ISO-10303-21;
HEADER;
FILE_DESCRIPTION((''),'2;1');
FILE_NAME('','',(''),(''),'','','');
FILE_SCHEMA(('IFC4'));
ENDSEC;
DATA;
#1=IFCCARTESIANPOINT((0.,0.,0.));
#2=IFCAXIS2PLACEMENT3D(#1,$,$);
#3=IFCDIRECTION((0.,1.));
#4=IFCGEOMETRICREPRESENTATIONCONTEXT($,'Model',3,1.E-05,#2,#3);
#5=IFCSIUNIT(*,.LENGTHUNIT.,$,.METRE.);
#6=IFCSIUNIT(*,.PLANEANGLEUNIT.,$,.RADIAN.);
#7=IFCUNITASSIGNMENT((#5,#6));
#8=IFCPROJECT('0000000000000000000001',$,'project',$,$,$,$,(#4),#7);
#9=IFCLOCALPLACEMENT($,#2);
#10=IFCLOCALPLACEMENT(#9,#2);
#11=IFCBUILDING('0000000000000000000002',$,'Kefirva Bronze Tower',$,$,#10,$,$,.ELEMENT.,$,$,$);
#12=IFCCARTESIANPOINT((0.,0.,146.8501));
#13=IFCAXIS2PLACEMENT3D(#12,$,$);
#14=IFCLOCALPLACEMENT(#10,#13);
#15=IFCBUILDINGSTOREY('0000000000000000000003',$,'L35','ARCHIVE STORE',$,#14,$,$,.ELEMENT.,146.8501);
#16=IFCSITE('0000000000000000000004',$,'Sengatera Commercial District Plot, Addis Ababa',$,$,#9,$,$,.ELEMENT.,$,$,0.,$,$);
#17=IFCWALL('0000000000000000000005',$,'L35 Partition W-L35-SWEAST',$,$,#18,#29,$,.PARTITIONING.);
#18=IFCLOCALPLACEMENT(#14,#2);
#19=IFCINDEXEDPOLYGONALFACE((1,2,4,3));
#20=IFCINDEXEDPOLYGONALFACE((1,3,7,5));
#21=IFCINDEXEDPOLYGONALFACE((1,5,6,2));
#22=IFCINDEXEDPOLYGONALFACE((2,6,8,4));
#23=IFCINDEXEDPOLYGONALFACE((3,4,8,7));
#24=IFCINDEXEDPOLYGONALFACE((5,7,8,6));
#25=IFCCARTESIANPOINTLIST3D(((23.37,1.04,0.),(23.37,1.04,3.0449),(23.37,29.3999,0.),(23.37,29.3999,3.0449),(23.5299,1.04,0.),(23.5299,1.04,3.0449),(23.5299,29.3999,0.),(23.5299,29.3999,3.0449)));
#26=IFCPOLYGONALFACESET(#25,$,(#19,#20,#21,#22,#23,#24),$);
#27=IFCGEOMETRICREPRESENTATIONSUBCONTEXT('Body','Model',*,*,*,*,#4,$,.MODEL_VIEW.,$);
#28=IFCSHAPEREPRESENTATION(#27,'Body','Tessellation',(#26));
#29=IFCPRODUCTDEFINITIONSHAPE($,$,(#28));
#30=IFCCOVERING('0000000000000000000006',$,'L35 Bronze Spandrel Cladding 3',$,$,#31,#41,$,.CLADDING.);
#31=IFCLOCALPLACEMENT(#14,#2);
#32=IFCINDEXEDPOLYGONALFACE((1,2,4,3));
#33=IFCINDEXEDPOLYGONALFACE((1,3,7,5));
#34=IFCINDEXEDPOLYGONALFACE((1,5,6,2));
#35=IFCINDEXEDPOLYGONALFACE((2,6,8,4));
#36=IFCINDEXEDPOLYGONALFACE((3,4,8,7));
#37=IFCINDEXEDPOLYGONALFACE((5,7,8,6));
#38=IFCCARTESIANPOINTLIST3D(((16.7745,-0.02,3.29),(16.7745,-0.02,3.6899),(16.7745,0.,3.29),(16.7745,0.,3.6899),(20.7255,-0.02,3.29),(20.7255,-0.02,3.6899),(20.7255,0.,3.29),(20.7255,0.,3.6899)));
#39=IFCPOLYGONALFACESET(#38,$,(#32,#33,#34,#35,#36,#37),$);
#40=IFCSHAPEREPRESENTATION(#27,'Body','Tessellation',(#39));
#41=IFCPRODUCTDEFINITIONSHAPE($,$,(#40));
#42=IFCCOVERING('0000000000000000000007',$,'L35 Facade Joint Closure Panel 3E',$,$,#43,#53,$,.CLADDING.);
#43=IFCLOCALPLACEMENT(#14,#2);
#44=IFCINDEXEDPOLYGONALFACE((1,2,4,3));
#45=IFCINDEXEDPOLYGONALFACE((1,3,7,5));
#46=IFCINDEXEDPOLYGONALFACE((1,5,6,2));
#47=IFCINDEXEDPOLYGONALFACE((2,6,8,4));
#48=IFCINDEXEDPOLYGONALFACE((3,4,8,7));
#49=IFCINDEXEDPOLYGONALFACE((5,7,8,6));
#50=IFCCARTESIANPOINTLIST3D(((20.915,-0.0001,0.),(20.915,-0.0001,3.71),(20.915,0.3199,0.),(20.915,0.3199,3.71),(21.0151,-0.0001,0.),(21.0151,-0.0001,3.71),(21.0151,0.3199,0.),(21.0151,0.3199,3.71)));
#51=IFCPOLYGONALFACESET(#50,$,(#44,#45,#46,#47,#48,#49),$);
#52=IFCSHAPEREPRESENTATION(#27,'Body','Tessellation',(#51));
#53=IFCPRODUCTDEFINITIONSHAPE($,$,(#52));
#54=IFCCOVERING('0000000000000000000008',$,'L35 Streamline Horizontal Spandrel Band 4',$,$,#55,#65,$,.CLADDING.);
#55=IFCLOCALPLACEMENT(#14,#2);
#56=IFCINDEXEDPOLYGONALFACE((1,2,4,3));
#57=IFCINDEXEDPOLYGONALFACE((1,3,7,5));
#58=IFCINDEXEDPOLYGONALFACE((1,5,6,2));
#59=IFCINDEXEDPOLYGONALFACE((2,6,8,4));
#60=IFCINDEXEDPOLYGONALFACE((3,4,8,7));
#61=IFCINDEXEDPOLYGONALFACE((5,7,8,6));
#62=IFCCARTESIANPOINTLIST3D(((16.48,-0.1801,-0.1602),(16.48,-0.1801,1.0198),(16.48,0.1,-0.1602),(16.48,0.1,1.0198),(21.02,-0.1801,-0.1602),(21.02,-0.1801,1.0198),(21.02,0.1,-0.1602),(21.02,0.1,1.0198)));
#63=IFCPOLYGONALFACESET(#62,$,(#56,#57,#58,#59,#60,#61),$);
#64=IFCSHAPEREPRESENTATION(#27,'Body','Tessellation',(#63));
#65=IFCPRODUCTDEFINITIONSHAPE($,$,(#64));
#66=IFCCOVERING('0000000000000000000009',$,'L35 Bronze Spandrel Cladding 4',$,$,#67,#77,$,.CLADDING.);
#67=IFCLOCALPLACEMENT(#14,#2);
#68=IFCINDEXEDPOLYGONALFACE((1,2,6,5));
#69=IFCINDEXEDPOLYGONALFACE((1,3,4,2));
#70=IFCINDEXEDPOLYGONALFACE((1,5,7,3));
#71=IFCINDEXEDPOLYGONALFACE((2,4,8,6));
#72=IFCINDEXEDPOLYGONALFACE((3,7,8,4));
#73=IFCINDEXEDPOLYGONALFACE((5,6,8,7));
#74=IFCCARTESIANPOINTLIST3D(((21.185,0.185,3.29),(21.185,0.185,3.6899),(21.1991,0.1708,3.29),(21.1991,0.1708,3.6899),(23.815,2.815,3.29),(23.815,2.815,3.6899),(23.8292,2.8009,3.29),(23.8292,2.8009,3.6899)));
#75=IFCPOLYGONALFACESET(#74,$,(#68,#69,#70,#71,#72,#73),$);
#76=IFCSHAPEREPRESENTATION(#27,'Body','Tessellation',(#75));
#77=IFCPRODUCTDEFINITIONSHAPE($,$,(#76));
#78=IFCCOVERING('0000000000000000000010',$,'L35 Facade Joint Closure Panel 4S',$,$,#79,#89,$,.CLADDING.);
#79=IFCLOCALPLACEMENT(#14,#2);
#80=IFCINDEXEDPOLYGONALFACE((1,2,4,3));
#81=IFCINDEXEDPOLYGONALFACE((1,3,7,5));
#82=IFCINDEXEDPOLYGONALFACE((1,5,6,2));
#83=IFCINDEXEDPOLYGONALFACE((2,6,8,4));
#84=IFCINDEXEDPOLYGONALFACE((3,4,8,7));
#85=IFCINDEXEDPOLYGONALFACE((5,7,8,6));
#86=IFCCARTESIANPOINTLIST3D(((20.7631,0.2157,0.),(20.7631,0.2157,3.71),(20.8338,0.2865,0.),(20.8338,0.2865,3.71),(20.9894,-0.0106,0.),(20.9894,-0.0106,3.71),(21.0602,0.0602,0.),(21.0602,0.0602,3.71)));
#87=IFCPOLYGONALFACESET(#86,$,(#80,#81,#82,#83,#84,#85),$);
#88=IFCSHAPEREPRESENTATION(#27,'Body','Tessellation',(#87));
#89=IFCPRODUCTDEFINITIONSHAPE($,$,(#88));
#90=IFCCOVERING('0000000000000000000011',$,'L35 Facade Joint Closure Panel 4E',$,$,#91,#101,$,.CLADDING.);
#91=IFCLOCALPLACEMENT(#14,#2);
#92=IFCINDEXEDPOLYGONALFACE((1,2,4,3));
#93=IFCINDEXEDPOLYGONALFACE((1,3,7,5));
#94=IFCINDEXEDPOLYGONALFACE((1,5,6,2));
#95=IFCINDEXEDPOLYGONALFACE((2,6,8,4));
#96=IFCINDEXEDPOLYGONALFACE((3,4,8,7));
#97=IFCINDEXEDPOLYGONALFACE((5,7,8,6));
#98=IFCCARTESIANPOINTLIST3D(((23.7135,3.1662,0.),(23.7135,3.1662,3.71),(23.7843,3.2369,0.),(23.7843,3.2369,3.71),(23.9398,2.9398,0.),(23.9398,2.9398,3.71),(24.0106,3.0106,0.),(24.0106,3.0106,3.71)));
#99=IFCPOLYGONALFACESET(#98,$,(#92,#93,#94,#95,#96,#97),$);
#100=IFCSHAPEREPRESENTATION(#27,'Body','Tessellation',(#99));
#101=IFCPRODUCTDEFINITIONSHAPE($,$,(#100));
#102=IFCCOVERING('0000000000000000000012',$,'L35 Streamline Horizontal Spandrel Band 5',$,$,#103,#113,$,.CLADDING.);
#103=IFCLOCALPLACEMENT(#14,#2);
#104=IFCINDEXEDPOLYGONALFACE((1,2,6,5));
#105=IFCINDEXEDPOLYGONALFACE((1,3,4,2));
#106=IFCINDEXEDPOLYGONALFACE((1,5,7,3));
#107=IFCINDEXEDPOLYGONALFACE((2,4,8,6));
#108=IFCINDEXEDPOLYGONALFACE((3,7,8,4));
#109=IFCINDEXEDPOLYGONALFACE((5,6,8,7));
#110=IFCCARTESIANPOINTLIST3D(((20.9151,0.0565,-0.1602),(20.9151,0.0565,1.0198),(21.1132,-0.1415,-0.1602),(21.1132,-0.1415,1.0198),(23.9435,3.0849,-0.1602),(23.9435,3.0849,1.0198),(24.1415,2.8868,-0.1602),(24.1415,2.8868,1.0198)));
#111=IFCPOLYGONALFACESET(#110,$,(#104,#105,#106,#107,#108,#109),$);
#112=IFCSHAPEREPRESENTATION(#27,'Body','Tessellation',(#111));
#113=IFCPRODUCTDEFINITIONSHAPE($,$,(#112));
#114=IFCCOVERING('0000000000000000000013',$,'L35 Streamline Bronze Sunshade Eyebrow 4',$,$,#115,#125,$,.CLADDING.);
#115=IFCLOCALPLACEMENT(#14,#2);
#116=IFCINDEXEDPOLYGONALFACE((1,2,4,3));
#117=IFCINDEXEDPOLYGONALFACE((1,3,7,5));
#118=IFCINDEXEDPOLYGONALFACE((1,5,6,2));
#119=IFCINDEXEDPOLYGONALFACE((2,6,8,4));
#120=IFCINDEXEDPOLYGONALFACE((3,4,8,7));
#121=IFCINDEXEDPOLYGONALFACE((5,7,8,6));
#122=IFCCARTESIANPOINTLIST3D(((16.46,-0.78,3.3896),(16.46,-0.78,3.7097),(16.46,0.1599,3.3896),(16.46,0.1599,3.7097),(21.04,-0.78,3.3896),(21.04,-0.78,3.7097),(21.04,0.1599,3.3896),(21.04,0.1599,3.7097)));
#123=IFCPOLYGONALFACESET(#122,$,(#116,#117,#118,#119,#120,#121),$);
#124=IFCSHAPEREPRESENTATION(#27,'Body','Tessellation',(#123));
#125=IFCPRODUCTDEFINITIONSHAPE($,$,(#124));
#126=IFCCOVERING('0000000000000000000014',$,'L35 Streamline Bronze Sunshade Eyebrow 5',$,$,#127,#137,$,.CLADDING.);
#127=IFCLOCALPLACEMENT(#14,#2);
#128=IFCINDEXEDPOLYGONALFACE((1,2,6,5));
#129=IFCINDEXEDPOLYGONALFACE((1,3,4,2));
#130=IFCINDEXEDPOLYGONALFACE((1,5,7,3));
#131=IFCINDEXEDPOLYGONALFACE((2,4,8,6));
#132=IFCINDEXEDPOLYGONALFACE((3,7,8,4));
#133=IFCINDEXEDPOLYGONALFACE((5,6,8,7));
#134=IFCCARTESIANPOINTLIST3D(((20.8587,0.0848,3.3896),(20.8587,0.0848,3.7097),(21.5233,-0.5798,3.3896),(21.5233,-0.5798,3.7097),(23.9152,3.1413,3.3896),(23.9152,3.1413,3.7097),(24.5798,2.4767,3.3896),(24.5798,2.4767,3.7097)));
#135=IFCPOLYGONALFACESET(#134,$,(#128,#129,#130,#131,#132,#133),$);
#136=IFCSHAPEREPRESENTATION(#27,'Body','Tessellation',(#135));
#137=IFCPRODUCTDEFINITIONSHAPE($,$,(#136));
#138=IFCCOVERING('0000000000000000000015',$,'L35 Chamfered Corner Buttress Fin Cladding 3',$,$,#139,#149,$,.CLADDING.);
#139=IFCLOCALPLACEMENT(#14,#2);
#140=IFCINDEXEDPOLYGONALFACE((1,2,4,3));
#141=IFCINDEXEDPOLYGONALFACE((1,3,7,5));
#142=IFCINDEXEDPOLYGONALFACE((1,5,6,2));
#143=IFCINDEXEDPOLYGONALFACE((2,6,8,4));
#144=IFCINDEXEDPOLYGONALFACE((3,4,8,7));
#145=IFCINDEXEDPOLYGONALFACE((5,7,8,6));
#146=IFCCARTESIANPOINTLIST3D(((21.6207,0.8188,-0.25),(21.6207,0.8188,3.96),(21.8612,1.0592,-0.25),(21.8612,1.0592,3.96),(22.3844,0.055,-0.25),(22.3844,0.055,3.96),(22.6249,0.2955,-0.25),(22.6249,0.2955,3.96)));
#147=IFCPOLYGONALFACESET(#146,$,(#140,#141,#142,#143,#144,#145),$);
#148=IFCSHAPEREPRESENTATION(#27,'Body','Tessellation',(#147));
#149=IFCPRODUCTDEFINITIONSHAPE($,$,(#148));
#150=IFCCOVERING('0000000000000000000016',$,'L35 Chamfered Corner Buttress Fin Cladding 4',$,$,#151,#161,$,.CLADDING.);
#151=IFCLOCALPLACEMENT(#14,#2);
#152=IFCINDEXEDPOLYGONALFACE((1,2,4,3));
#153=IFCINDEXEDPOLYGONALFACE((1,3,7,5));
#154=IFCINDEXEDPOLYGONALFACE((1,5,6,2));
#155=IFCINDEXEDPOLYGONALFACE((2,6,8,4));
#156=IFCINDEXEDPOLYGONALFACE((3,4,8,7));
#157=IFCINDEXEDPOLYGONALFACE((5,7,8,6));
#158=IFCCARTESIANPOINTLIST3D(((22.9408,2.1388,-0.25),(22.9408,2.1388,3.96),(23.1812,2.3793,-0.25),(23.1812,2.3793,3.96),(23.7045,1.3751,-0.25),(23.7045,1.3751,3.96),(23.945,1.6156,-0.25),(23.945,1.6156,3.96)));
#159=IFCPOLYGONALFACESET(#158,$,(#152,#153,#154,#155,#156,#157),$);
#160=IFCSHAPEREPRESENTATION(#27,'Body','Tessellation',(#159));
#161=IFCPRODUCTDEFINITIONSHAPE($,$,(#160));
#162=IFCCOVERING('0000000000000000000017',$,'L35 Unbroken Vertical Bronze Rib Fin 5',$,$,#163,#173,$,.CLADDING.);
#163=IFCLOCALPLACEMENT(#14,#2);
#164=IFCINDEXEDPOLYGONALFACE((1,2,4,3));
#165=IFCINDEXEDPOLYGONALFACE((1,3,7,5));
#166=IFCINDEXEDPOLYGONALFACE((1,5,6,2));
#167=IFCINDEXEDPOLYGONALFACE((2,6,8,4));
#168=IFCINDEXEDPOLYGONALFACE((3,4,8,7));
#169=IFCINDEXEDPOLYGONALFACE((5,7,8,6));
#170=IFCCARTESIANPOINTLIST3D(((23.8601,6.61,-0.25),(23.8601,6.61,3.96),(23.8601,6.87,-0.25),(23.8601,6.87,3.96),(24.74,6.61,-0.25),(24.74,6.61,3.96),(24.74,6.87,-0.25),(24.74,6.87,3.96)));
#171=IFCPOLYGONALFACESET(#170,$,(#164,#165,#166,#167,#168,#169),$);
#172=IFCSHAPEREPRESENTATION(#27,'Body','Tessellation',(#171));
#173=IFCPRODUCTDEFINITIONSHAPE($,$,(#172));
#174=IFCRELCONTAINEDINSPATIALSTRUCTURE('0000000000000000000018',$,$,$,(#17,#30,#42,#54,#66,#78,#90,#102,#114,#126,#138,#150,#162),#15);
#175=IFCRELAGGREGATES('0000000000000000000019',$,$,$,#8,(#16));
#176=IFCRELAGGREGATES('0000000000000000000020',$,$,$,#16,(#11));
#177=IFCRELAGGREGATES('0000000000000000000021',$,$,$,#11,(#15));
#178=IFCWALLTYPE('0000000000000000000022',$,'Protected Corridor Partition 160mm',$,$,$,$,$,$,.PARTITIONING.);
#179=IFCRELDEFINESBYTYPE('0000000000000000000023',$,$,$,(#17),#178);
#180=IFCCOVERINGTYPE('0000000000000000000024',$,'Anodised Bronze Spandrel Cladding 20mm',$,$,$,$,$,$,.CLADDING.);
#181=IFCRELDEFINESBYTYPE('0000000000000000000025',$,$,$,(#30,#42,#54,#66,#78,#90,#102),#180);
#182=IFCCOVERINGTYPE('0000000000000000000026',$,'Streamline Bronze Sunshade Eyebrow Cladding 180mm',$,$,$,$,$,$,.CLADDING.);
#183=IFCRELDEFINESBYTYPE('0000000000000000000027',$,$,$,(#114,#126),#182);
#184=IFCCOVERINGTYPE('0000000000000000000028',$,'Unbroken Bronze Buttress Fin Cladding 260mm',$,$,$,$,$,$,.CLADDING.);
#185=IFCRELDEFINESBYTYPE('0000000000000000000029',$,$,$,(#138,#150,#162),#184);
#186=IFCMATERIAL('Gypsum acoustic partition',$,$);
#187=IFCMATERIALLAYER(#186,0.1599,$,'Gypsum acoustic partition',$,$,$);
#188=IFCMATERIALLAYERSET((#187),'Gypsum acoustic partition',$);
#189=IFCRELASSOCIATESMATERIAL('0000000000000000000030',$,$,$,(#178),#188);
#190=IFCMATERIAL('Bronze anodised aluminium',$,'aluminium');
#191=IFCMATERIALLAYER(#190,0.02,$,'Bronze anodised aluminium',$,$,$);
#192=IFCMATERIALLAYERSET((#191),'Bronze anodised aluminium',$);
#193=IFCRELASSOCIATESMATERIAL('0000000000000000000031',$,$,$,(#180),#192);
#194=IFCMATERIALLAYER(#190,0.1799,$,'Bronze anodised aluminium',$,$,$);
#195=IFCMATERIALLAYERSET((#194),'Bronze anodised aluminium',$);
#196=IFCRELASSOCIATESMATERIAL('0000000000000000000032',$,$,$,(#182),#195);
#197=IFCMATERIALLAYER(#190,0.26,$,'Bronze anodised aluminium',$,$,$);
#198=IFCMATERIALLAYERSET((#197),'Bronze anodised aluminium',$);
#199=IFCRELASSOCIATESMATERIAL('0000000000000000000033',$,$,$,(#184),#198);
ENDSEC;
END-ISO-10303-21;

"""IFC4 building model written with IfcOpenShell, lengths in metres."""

from ifc_helpers import new_model, si_unit, direction, frame, frame_2d, origin, origin_2d, place, context, subcontext, project, spatial, rectangle, extrude, material, layer, layer_set, type_object, element, save


model = new_model("IFC4")

# Units and contexts
model_context = context("Model", 3, precision=1e-05, world=origin(), true_north=direction((0.0, 1.0)))
body_context = subcontext(model_context, "Body", "Model", "MODEL_VIEW")
ifc_project = project(units=[si_unit("LENGTHUNIT", "METRE"), si_unit("PLANEANGLEUNIT", "RADIAN")], contexts=[model_context])

# Site, building, storey
site_placement = place(None, origin())
site = spatial("IfcSite", under=ifc_project, at=site_placement, Name="Sengatera Commercial District Plot, Addis Ababa", CompositionType="ELEMENT", RefElevation=0.0)
building_placement = place(site_placement, origin())
building = spatial("IfcBuilding", under=site, at=building_placement, Name="Kefirva Bronze Tower", CompositionType="ELEMENT")
storey_placement = place(building_placement, frame((0.0, 0.0, 146.8501)))
storey = spatial("IfcBuildingStorey", under=building, at=storey_placement, Name="L35", Description="ARCHIVE STORE", CompositionType="ELEMENT", Elevation=146.8501)

# Shared definitions
ifc_material_1 = material(Name="Bronze anodised aluminium", Category="aluminium")

# Wall
ifc_material_2 = material(Name="Gypsum acoustic partition")
ifc_layer_1 = layer(ifc_material_2, 0.1599, Name="Gypsum acoustic partition")
ifc_layer_set_1 = layer_set([ifc_layer_1], Name="Gypsum acoustic partition")
wall_type_1 = type_object("IfcWallType", Name="Protected Corridor Partition 160mm", PredefinedType="PARTITIONING", material=ifc_layer_set_1)
wall_1_placement = place(storey_placement, frame((23.45, 1.04, 0.0), z_axis=(0.0, 0.0, 1.0), x_axis=(0.0, 1.0, 0.0)))
element("IfcWall", 1, at=wall_1_placement, inside=storey, type_object=wall_type_1, Name="L35 Partition W-L35-SWEAST", PredefinedType="PARTITIONING", context=body_context, shape_type="SweptSolid", body=[
    extrude(rectangle(XDim=28.3599, YDim=0.1599, at=frame_2d((14.1799, 0.0))), origin(), (0.0, 0.0, 1.0), 3.0449),
])

# Coverings
ifc_layer_2 = layer(ifc_material_1, 0.02, Name="Bronze anodised aluminium")
ifc_layer_set_2 = layer_set([ifc_layer_2], Name="Bronze anodised aluminium")
covering_type_1 = type_object("IfcCoveringType", Name="Anodised Bronze Spandrel Cladding 20mm", PredefinedType="CLADDING", material=ifc_layer_set_2)
covering_1_placement = place(storey_placement, frame((18.75, -0.01, 3.29), z_axis=(0.0, 0.0, 1.0), x_axis=(1.0, 0.0, 0.0)))
element("IfcCovering", 2, at=covering_1_placement, inside=storey, type_object=covering_type_1, Name="L35 Bronze Spandrel Cladding 3", PredefinedType="CLADDING", context=body_context, shape_type="SweptSolid", body=[
    extrude(rectangle(XDim=3.9509, YDim=0.02, at=origin_2d()), origin(), (0.0, 0.0, 1.0), 0.3999),
])
covering_2_placement = place(storey_placement, frame((20.9651, 0.1599, 0.0), z_axis=(0.0, 0.0, 1.0), x_axis=(1.0, 0.0, 0.0)))
element("IfcCovering", 3, at=covering_2_placement, inside=storey, type_object=covering_type_1, Name="L35 Facade Joint Closure Panel 3E", PredefinedType="CLADDING", context=body_context, shape_type="SweptSolid", body=[
    extrude(rectangle(XDim=0.1001, YDim=0.3201, at=origin_2d()), origin(), (0.0, 0.0, 1.0), 3.71),
])
covering_3_placement = place(storey_placement, frame((18.75, -0.04, -0.1602), z_axis=(0.0, 0.0, 1.0), x_axis=(1.0, 0.0, 0.0)))
element("IfcCovering", 4, at=covering_3_placement, inside=storey, type_object=covering_type_1, Name="L35 Streamline Horizontal Spandrel Band 4", PredefinedType="CLADDING", context=body_context, shape_type="SweptSolid", body=[
    extrude(rectangle(XDim=4.54, YDim=0.28, at=origin_2d()), origin(), (0.0, 0.0, 1.0), 1.1799),
])
covering_4_placement = place(storey_placement, frame((22.5071, 1.4929, 3.29), z_axis=(0.0, 0.0, 1.0), x_axis=(0.707107, 0.707107, 0.0)))
element("IfcCovering", 5, at=covering_4_placement, inside=storey, type_object=covering_type_1, Name="L35 Bronze Spandrel Cladding 4", PredefinedType="CLADDING", context=body_context, shape_type="SweptSolid", body=[
    extrude(rectangle(XDim=3.7195, YDim=0.02, at=origin_2d()), origin(), (0.0, 0.0, 1.0), 0.3999),
])
for number, where, z_axis, x_axis, name in (
    (6, (20.9116, 0.1379, 0.0), (0.0, 0.0, 1.0), (0.707107, 0.707107, 0.0), "L35 Facade Joint Closure Panel 4S"),
    (7, (23.8621, 3.0884, 0.0), (0.0, 0.0, 1.0), (0.707107, 0.707107, 0.0), "L35 Facade Joint Closure Panel 4E"),
):
    element("IfcCovering", number, at=place(storey_placement, frame(where, z_axis=z_axis, x_axis=x_axis)), inside=storey, type_object=covering_type_1, Name=name, PredefinedType="CLADDING", context=body_context, shape_type="SweptSolid", body=[
        extrude(rectangle(XDim=0.1001, YDim=0.3201, at=origin_2d()), origin(), (0.0, 0.0, 1.0), 3.71),
    ])
covering_5_placement = place(storey_placement, frame((22.5283, 1.4717, -0.1602), z_axis=(0.0, 0.0, 1.0), x_axis=(0.707107, 0.707107, 0.0)))
element("IfcCovering", 8, at=covering_5_placement, inside=storey, type_object=covering_type_1, Name="L35 Streamline Horizontal Spandrel Band 5", PredefinedType="CLADDING", context=body_context, shape_type="SweptSolid", body=[
    extrude(rectangle(XDim=4.2827, YDim=0.28, at=origin_2d()), origin(), (0.0, 0.0, 1.0), 1.1799),
])
ifc_layer_3 = layer(ifc_material_1, 0.1799, Name="Bronze anodised aluminium")
ifc_layer_set_3 = layer_set([ifc_layer_3], Name="Bronze anodised aluminium")
covering_type_2 = type_object("IfcCoveringType", Name="Streamline Bronze Sunshade Eyebrow Cladding 180mm", PredefinedType="CLADDING", material=ifc_layer_set_3)
covering_6_placement = place(storey_placement, frame((18.75, -0.3101, 3.3896), z_axis=(0.0, 0.0, 1.0), x_axis=(1.0, 0.0, 0.0)))
element("IfcCovering", 9, at=covering_6_placement, inside=storey, type_object=covering_type_2, Name="L35 Streamline Bronze Sunshade Eyebrow 4", PredefinedType="CLADDING", context=body_context, shape_type="SweptSolid", body=[
    extrude(rectangle(XDim=4.5801, YDim=0.9399, at=origin_2d()), origin(), (0.0, 0.0, 1.0), 0.3201),
])
covering_7_placement = place(storey_placement, frame((22.7192, 1.2808, 3.3896), z_axis=(0.0, 0.0, 1.0), x_axis=(0.707107, 0.707107, 0.0)))
element("IfcCovering", 10, at=covering_7_placement, inside=storey, type_object=covering_type_2, Name="L35 Streamline Bronze Sunshade Eyebrow 5", PredefinedType="CLADDING", context=body_context, shape_type="SweptSolid", body=[
    extrude(rectangle(XDim=4.3225, YDim=0.9399, at=origin_2d()), origin(), (0.0, 0.0, 1.0), 0.3201),
])
ifc_layer_4 = layer(ifc_material_1, 0.26, Name="Bronze anodised aluminium")
ifc_layer_set_4 = layer_set([ifc_layer_4], Name="Bronze anodised aluminium")
covering_type_3 = type_object("IfcCoveringType", Name="Unbroken Bronze Buttress Fin Cladding 260mm", PredefinedType="CLADDING", material=ifc_layer_set_4)
for number, where, z_axis, x_axis, name in (
    (11, (22.1228, 0.5571, -0.25), (0.0, 0.0, 1.0), (0.707107, 0.707107, 0.0), "L35 Chamfered Corner Buttress Fin Cladding 3"),
    (12, (23.4429, 1.8772, -0.25), (0.0, 0.0, 1.0), (0.707107, 0.707107, 0.0), "L35 Chamfered Corner Buttress Fin Cladding 4"),
):
    element("IfcCovering", number, at=place(storey_placement, frame(where, z_axis=z_axis, x_axis=x_axis)), inside=storey, type_object=covering_type_3, Name=name, PredefinedType="CLADDING", context=body_context, shape_type="SweptSolid", body=[
        extrude(rectangle(XDim=0.3401, YDim=1.0801, at=origin_2d()), origin(), (0.0, 0.0, 1.0), 4.21),
    ])
covering_8_placement = place(storey_placement, frame((24.3, 6.74, -0.25), z_axis=(0.0, 0.0, 1.0), x_axis=(0.0, 1.0, 0.0)))
element("IfcCovering", 13, at=covering_8_placement, inside=storey, type_object=covering_type_3, Name="L35 Unbroken Vertical Bronze Rib Fin 5", PredefinedType="CLADDING", context=body_context, shape_type="SweptSolid", body=[
    extrude(rectangle(XDim=0.26, YDim=0.8799, at=origin_2d()), origin(), (0.0, 0.0, 1.0), 4.21),
])

save(model, "model.ifc")
